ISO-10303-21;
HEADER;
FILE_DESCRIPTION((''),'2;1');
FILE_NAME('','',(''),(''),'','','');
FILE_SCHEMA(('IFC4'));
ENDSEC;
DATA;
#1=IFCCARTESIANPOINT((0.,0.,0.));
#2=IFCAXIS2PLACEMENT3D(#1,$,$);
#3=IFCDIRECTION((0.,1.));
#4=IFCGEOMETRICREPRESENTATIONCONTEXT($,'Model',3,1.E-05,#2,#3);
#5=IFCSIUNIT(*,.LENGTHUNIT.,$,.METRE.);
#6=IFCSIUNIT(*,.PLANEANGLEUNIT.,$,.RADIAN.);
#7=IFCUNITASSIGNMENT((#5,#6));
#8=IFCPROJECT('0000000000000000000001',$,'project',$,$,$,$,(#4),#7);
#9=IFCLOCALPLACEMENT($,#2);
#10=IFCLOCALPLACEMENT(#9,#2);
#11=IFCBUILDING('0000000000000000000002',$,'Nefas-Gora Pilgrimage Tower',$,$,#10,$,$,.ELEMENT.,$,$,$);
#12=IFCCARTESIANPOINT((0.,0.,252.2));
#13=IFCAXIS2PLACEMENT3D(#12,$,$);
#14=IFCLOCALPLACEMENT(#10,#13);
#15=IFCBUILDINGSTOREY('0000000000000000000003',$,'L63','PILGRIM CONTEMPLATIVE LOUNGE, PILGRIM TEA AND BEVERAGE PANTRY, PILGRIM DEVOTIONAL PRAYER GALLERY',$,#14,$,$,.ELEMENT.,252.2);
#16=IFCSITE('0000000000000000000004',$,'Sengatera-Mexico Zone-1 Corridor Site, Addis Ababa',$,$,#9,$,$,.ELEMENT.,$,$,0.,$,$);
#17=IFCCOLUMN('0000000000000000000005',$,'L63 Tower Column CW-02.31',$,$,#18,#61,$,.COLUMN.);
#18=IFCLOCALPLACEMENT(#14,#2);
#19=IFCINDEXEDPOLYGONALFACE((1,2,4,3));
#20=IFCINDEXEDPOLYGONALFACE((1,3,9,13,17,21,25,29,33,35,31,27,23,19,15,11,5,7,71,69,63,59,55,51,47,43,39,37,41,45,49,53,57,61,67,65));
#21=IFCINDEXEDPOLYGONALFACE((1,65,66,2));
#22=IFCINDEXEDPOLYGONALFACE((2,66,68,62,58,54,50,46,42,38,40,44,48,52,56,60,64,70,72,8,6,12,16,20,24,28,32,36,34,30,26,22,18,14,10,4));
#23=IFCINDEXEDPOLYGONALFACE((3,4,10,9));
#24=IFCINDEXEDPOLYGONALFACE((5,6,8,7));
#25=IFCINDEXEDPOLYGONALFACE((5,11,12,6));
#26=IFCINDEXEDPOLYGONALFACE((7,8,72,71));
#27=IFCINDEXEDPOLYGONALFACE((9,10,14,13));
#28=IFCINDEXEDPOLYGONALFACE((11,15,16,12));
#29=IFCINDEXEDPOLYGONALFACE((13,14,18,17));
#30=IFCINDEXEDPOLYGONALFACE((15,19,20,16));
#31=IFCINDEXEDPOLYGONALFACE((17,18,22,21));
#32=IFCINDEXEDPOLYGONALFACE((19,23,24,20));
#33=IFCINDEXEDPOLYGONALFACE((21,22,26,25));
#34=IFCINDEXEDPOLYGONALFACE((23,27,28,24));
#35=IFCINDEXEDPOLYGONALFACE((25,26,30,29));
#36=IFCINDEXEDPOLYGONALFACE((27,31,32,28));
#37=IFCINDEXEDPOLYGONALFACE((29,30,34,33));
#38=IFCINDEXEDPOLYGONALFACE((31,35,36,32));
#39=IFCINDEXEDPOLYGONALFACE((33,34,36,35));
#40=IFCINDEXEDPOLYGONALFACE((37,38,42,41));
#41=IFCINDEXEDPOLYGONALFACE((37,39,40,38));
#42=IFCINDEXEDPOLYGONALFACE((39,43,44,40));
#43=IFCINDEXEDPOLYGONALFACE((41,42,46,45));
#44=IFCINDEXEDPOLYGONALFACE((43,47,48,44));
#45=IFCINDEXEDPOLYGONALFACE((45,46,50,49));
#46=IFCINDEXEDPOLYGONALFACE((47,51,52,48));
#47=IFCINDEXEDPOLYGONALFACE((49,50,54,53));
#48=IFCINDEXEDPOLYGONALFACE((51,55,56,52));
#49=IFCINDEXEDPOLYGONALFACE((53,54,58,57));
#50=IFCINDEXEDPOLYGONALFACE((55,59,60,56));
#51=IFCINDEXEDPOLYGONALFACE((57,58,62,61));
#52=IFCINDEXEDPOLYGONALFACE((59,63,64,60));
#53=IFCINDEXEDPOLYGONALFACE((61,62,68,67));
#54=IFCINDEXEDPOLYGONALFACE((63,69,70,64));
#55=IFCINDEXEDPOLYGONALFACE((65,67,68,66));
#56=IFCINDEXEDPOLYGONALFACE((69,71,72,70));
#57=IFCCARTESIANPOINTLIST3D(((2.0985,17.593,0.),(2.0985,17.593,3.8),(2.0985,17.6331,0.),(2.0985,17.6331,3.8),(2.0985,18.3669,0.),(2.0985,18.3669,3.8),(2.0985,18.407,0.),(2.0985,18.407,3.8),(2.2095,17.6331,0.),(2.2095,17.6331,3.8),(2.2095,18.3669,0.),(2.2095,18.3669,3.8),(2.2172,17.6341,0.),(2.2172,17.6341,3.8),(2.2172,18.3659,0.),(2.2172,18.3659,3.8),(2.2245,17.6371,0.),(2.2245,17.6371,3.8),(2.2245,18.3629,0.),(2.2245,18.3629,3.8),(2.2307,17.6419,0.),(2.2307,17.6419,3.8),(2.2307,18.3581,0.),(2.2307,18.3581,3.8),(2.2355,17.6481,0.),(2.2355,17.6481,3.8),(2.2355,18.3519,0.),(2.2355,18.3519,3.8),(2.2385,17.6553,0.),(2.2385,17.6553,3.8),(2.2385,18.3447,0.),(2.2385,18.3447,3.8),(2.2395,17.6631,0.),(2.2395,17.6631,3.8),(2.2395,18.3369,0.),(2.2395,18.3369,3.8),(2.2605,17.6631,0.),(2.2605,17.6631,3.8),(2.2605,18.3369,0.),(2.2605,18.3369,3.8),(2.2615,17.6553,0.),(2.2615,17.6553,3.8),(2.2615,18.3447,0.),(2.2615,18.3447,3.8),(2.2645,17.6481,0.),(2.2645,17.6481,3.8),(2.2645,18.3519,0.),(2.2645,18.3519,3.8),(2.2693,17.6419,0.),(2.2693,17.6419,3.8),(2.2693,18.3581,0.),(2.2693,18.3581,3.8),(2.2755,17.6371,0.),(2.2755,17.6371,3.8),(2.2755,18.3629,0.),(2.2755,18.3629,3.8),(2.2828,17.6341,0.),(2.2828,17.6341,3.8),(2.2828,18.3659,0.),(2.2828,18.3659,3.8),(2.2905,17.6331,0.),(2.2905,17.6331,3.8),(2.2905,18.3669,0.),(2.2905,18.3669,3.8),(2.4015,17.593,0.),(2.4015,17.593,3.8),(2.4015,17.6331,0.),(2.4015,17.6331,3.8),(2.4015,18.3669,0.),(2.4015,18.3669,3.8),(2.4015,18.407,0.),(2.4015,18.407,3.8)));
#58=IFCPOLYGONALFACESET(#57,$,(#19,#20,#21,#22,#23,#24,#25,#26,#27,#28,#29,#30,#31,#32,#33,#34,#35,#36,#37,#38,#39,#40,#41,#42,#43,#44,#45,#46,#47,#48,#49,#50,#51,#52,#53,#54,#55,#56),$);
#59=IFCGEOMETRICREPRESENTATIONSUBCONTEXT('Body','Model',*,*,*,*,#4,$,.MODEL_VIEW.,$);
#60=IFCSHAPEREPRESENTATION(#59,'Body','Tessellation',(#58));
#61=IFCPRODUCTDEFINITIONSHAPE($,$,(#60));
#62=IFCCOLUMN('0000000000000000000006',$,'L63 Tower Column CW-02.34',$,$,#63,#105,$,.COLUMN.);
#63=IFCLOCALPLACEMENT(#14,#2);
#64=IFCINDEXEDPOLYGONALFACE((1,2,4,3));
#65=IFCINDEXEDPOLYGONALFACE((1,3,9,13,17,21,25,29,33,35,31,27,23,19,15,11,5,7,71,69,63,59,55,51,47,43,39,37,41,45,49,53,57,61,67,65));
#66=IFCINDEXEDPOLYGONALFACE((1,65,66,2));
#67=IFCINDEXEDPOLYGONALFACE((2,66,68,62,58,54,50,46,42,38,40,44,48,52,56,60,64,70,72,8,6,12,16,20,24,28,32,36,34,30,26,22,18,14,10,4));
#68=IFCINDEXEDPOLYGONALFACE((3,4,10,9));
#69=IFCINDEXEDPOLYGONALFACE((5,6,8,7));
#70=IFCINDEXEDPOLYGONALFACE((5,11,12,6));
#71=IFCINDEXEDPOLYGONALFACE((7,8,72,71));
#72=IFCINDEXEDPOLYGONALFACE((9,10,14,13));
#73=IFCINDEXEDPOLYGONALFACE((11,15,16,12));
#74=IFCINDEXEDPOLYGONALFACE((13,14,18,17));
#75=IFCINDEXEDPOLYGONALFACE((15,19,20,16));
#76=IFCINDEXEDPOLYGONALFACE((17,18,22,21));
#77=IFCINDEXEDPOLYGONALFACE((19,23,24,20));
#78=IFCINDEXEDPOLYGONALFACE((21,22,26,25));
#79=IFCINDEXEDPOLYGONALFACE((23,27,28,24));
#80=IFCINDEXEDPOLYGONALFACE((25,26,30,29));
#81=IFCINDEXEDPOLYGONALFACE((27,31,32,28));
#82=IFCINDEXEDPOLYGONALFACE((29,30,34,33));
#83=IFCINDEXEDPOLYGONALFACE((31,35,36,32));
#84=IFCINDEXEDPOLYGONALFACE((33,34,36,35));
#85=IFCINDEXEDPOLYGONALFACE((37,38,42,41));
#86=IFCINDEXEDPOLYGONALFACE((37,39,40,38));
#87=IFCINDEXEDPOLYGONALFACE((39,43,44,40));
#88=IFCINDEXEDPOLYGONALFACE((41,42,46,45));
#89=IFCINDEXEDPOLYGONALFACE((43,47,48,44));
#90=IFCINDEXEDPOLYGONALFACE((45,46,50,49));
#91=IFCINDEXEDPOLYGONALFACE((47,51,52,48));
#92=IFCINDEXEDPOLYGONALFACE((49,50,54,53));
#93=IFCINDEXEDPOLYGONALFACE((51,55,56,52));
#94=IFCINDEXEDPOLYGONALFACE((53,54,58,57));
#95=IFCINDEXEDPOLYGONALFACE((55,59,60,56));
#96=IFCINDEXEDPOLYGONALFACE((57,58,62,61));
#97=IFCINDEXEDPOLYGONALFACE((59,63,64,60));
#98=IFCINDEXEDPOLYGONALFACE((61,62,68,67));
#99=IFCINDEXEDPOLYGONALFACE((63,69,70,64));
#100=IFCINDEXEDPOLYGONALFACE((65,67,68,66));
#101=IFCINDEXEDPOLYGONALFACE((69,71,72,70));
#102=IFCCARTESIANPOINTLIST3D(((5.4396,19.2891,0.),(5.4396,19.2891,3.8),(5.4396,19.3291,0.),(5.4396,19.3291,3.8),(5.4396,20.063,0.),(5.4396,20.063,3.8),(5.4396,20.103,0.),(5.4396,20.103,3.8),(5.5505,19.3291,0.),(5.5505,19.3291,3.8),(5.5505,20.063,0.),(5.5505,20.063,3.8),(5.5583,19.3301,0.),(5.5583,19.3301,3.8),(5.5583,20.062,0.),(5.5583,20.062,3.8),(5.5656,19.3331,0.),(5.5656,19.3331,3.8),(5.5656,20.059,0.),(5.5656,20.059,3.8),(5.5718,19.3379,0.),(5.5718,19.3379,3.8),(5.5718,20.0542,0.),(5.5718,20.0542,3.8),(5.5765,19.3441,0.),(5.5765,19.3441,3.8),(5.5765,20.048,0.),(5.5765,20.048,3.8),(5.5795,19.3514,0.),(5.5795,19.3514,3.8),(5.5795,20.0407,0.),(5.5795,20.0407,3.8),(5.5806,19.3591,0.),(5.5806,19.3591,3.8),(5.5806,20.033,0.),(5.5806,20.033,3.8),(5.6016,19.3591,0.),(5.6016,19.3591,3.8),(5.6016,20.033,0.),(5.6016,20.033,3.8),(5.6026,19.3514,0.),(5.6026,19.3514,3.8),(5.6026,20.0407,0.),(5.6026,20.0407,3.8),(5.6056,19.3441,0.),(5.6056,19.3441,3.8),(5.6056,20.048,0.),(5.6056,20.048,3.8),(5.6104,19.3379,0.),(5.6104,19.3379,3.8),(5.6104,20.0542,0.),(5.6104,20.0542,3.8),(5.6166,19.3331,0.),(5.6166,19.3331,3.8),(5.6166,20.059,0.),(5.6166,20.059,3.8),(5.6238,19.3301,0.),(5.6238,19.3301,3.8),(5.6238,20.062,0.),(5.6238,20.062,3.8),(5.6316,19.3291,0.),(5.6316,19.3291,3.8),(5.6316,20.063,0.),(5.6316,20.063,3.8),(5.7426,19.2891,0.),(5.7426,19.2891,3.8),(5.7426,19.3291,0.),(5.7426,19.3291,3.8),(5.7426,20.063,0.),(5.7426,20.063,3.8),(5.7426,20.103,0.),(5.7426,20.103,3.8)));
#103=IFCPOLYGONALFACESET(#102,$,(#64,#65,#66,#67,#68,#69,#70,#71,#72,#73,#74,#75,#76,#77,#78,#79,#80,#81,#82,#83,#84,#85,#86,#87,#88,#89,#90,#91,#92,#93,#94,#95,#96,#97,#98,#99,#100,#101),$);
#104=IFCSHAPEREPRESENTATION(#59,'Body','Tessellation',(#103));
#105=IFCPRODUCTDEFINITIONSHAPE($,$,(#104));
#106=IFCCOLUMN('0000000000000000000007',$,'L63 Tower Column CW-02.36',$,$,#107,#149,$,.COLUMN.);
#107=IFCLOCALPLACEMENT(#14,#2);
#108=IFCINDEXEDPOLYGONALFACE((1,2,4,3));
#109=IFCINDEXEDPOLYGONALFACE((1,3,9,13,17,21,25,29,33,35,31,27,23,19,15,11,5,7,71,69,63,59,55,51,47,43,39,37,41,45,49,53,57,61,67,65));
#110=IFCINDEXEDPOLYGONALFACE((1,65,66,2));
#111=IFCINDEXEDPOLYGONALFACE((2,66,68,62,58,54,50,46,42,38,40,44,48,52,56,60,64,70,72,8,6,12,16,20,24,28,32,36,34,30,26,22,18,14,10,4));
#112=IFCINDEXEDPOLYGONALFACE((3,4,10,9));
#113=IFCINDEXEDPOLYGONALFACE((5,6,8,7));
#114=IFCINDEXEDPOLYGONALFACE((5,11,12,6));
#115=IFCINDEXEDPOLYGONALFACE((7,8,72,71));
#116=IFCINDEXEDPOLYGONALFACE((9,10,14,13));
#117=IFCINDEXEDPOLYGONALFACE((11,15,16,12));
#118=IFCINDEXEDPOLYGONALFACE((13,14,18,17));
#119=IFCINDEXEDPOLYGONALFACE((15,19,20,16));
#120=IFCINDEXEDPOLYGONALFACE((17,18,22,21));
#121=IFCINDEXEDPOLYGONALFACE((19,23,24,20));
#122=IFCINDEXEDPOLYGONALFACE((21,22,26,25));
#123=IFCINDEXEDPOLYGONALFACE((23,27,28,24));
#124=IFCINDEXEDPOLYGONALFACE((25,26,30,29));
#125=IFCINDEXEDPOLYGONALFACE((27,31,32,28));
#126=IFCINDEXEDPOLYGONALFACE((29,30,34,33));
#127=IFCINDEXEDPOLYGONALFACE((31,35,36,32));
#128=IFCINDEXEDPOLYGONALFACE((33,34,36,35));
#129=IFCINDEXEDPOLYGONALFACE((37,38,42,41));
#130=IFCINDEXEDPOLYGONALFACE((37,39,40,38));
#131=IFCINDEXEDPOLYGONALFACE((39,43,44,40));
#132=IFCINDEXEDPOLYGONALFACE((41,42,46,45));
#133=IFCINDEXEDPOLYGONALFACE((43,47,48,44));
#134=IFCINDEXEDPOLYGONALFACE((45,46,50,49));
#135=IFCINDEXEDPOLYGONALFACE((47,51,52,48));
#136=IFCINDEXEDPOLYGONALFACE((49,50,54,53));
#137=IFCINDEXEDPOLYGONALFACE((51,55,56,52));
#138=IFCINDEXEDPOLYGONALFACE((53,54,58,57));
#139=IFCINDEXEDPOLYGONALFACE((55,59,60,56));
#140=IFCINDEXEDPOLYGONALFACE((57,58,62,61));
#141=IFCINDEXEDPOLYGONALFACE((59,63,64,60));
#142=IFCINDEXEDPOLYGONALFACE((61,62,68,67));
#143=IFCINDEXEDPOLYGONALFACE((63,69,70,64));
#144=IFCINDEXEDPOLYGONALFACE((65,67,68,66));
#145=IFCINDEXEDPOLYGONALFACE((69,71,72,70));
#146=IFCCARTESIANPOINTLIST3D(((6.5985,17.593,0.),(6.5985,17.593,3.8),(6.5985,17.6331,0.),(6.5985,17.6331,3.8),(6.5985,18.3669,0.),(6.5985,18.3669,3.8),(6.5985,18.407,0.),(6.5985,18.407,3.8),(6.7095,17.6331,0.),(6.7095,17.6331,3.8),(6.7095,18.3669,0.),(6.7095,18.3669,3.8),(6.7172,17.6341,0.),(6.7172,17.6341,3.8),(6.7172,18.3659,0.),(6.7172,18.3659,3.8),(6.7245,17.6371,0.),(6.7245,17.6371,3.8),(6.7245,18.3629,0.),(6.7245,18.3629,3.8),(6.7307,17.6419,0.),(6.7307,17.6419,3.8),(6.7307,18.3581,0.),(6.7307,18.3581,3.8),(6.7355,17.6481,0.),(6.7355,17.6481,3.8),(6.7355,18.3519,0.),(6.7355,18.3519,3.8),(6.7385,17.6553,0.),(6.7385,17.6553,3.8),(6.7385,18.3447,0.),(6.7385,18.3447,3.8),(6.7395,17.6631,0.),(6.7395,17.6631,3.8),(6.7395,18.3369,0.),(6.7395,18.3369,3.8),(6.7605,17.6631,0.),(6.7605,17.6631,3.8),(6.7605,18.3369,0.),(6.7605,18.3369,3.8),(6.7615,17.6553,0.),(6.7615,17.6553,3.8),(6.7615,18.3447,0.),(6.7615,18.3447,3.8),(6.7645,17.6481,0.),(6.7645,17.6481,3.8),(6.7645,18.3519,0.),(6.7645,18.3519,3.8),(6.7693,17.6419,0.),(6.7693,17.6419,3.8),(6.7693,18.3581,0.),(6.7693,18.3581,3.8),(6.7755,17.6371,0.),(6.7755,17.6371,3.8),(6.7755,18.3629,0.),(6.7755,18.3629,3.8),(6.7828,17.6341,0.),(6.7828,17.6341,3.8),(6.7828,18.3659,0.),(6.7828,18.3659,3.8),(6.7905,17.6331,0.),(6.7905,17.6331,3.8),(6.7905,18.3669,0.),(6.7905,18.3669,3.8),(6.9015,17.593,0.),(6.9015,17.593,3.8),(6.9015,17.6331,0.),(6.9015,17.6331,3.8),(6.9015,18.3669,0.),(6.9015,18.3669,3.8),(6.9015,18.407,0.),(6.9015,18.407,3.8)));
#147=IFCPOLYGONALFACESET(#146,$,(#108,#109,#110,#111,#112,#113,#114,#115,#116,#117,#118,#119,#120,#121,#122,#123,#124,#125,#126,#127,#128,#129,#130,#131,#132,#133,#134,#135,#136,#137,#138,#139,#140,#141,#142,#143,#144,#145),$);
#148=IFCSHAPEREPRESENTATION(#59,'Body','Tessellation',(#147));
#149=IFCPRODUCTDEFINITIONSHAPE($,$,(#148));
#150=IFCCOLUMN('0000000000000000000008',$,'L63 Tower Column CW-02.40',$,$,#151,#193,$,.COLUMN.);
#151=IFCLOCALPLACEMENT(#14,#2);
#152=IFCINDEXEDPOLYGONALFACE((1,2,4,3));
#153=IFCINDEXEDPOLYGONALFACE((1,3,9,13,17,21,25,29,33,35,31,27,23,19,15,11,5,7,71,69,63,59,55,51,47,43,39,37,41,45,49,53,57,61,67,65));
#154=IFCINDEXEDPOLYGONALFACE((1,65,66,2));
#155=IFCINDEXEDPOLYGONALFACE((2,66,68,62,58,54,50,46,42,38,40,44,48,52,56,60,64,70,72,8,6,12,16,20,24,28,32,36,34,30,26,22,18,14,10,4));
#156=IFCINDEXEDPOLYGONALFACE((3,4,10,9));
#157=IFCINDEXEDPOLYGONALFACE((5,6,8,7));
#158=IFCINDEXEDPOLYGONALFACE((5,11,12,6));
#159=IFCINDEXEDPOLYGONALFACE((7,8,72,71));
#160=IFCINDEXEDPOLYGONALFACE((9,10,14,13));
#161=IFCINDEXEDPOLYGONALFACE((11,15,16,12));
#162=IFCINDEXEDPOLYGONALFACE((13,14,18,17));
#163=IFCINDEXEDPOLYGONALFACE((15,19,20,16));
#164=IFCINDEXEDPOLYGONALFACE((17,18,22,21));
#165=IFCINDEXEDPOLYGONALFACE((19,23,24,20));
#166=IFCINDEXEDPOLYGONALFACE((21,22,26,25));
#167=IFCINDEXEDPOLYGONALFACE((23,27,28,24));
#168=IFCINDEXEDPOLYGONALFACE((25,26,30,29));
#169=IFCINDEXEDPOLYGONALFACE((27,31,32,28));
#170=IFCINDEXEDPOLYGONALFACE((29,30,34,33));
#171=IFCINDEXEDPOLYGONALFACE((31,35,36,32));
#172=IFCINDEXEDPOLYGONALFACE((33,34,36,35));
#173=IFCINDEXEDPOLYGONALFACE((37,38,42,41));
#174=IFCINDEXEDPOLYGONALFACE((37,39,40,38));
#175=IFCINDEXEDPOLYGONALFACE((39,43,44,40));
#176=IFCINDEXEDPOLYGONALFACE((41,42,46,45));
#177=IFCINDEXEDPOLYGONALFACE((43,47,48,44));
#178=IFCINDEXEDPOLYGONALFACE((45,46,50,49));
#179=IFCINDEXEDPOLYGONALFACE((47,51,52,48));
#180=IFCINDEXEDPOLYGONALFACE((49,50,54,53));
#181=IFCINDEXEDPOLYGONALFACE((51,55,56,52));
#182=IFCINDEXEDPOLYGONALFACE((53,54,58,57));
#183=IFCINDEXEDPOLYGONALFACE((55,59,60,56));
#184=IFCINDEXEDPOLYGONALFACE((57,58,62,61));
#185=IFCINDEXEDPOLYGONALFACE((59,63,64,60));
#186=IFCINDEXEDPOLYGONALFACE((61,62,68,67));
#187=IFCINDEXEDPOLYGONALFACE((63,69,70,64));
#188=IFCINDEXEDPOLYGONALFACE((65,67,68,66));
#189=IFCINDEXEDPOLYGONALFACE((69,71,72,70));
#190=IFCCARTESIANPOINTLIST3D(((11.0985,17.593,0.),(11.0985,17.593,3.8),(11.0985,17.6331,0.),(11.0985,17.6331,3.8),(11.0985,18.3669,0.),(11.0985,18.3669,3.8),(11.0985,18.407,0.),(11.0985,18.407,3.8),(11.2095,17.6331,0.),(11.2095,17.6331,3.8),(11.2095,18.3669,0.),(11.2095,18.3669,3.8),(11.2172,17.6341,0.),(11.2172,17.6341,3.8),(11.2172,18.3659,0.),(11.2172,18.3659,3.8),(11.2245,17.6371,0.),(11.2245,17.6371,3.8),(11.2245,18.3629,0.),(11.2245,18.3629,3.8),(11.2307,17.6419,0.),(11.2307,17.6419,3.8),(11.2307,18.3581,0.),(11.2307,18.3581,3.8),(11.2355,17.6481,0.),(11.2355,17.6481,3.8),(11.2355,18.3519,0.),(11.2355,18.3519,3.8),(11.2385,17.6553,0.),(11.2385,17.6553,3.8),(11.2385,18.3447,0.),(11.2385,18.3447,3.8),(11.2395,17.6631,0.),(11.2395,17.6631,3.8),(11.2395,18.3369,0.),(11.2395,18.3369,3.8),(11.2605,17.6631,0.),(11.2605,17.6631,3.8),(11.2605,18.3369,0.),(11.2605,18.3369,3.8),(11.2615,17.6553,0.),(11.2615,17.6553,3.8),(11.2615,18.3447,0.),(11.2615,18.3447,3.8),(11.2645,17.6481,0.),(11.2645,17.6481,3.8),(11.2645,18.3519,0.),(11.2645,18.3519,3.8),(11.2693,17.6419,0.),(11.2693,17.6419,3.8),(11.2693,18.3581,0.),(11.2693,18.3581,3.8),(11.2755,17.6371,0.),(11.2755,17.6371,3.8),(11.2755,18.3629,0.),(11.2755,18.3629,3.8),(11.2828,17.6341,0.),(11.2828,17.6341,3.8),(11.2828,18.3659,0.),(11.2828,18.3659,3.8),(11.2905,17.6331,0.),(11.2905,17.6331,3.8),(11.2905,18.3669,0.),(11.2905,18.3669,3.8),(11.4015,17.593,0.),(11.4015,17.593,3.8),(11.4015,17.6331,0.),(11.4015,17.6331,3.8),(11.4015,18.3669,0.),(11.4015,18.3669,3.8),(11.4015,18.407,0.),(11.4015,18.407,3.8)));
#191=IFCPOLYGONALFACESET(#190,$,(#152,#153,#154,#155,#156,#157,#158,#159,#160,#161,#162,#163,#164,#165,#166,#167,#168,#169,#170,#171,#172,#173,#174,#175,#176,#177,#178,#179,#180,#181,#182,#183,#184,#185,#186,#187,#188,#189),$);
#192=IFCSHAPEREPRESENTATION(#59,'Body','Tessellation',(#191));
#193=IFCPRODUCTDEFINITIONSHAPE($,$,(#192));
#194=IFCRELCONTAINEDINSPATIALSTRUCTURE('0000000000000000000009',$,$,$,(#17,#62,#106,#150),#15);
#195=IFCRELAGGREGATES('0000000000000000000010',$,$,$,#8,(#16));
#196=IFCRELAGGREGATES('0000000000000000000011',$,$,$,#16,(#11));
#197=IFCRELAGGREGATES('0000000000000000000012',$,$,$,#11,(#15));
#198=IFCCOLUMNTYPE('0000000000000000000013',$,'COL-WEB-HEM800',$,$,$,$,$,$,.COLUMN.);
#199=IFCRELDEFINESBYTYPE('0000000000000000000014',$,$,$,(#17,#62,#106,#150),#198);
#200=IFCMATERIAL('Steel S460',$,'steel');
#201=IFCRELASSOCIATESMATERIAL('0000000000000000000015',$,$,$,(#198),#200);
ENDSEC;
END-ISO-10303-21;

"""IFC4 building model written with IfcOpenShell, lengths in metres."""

from ifc_helpers import new_model, si_unit, direction, frame, origin, origin_2d, place, context, subcontext, project, spatial, i_section, extrude, source, transform, mapped, material, material_profile, profile_set, type_object, element, save


model = new_model("IFC4")

# Units and contexts
model_context = context("Model", 3, precision=1e-05, world=origin(), true_north=direction((0.0, 1.0)))
body_context = subcontext(model_context, "Body", "Model", "MODEL_VIEW")
ifc_project = project(units=[si_unit("LENGTHUNIT", "METRE"), si_unit("PLANEANGLEUNIT", "RADIAN")], contexts=[model_context])

# Site, building, storey
site_placement = place(None, origin())
site = spatial("IfcSite", under=ifc_project, at=site_placement, Name="Sengatera-Mexico Zone-1 Corridor Site, Addis Ababa", CompositionType="ELEMENT", RefElevation=0.0)
building_placement = place(site_placement, origin())
building = spatial("IfcBuilding", under=site, at=building_placement, Name="Nefas-Gora Pilgrimage Tower", CompositionType="ELEMENT")
storey_placement = place(building_placement, frame((0.0, 0.0, 252.2)))
storey = spatial("IfcBuildingStorey", under=building, at=storey_placement, Name="L63", Description="PILGRIM CONTEMPLATIVE LOUNGE, PILGRIM TEA AND BEVERAGE PANTRY, PILGRIM DEVOTIONAL PRAYER GALLERY", CompositionType="ELEMENT", Elevation=252.2)

# Columns
ifc_material_1 = material(Name="Steel S460", Category="steel")
ifc_material_profile_1 = material_profile(ifc_material_1, i_section(OverallWidth=0.303, OverallDepth=0.814, WebThickness=0.021, FlangeThickness=0.04, FilletRadius=0.03, at=origin_2d()), Name="HEM 800")
ifc_profile_set_1 = profile_set([ifc_material_profile_1], Name="Steel S460")
column_type_1 = type_object("IfcColumnType", Name="COL-WEB-HEM800", PredefinedType="COLUMN", material=ifc_profile_set_1)
shared_shape_1 = source(origin(), body_context, "Body", "SweptSolid", [
    extrude(i_section(OverallWidth=0.303, OverallDepth=0.814, WebThickness=0.021, FlangeThickness=0.04, FilletRadius=0.03, at=origin_2d()), origin(), (0.0, 0.0, 1.0), 3.8),
])
for number, where, z_axis, x_axis, name in (
    (1, (2.25, 18.0, 0.0), (0.0, 0.0, 1.0), (1.0, 0.0, 0.0), "L63 Tower Column CW-02.31"),
    (2, (5.5911, 19.696, 0.0), (0.0, 0.0, 1.0), (1.0, 0.0, 0.0), "L63 Tower Column CW-02.34"),
    (3, (6.75, 18.0, 0.0), (0.0, 0.0, 1.0), (1.0, 0.0, 0.0), "L63 Tower Column CW-02.36"),
    (4, (11.25, 18.0, 0.0), (0.0, 0.0, 1.0), (1.0, 0.0, 0.0), "L63 Tower Column CW-02.40"),
):
    element("IfcColumn", number, at=place(storey_placement, frame(where, z_axis=z_axis, x_axis=x_axis)), inside=storey, type_object=column_type_1, Name=name, PredefinedType="COLUMN", context=body_context, shape_type="MappedRepresentation", body=[
        mapped(shared_shape_1, transform((0.0, 0.0, 0.0), x_axis=(1.0, 0.0, 0.0), y_axis=(0.0, 1.0, 0.0), z_axis=(0.0, 0.0, 1.0), scale=1.0)),
    ])

save(model, "model.ifc")
